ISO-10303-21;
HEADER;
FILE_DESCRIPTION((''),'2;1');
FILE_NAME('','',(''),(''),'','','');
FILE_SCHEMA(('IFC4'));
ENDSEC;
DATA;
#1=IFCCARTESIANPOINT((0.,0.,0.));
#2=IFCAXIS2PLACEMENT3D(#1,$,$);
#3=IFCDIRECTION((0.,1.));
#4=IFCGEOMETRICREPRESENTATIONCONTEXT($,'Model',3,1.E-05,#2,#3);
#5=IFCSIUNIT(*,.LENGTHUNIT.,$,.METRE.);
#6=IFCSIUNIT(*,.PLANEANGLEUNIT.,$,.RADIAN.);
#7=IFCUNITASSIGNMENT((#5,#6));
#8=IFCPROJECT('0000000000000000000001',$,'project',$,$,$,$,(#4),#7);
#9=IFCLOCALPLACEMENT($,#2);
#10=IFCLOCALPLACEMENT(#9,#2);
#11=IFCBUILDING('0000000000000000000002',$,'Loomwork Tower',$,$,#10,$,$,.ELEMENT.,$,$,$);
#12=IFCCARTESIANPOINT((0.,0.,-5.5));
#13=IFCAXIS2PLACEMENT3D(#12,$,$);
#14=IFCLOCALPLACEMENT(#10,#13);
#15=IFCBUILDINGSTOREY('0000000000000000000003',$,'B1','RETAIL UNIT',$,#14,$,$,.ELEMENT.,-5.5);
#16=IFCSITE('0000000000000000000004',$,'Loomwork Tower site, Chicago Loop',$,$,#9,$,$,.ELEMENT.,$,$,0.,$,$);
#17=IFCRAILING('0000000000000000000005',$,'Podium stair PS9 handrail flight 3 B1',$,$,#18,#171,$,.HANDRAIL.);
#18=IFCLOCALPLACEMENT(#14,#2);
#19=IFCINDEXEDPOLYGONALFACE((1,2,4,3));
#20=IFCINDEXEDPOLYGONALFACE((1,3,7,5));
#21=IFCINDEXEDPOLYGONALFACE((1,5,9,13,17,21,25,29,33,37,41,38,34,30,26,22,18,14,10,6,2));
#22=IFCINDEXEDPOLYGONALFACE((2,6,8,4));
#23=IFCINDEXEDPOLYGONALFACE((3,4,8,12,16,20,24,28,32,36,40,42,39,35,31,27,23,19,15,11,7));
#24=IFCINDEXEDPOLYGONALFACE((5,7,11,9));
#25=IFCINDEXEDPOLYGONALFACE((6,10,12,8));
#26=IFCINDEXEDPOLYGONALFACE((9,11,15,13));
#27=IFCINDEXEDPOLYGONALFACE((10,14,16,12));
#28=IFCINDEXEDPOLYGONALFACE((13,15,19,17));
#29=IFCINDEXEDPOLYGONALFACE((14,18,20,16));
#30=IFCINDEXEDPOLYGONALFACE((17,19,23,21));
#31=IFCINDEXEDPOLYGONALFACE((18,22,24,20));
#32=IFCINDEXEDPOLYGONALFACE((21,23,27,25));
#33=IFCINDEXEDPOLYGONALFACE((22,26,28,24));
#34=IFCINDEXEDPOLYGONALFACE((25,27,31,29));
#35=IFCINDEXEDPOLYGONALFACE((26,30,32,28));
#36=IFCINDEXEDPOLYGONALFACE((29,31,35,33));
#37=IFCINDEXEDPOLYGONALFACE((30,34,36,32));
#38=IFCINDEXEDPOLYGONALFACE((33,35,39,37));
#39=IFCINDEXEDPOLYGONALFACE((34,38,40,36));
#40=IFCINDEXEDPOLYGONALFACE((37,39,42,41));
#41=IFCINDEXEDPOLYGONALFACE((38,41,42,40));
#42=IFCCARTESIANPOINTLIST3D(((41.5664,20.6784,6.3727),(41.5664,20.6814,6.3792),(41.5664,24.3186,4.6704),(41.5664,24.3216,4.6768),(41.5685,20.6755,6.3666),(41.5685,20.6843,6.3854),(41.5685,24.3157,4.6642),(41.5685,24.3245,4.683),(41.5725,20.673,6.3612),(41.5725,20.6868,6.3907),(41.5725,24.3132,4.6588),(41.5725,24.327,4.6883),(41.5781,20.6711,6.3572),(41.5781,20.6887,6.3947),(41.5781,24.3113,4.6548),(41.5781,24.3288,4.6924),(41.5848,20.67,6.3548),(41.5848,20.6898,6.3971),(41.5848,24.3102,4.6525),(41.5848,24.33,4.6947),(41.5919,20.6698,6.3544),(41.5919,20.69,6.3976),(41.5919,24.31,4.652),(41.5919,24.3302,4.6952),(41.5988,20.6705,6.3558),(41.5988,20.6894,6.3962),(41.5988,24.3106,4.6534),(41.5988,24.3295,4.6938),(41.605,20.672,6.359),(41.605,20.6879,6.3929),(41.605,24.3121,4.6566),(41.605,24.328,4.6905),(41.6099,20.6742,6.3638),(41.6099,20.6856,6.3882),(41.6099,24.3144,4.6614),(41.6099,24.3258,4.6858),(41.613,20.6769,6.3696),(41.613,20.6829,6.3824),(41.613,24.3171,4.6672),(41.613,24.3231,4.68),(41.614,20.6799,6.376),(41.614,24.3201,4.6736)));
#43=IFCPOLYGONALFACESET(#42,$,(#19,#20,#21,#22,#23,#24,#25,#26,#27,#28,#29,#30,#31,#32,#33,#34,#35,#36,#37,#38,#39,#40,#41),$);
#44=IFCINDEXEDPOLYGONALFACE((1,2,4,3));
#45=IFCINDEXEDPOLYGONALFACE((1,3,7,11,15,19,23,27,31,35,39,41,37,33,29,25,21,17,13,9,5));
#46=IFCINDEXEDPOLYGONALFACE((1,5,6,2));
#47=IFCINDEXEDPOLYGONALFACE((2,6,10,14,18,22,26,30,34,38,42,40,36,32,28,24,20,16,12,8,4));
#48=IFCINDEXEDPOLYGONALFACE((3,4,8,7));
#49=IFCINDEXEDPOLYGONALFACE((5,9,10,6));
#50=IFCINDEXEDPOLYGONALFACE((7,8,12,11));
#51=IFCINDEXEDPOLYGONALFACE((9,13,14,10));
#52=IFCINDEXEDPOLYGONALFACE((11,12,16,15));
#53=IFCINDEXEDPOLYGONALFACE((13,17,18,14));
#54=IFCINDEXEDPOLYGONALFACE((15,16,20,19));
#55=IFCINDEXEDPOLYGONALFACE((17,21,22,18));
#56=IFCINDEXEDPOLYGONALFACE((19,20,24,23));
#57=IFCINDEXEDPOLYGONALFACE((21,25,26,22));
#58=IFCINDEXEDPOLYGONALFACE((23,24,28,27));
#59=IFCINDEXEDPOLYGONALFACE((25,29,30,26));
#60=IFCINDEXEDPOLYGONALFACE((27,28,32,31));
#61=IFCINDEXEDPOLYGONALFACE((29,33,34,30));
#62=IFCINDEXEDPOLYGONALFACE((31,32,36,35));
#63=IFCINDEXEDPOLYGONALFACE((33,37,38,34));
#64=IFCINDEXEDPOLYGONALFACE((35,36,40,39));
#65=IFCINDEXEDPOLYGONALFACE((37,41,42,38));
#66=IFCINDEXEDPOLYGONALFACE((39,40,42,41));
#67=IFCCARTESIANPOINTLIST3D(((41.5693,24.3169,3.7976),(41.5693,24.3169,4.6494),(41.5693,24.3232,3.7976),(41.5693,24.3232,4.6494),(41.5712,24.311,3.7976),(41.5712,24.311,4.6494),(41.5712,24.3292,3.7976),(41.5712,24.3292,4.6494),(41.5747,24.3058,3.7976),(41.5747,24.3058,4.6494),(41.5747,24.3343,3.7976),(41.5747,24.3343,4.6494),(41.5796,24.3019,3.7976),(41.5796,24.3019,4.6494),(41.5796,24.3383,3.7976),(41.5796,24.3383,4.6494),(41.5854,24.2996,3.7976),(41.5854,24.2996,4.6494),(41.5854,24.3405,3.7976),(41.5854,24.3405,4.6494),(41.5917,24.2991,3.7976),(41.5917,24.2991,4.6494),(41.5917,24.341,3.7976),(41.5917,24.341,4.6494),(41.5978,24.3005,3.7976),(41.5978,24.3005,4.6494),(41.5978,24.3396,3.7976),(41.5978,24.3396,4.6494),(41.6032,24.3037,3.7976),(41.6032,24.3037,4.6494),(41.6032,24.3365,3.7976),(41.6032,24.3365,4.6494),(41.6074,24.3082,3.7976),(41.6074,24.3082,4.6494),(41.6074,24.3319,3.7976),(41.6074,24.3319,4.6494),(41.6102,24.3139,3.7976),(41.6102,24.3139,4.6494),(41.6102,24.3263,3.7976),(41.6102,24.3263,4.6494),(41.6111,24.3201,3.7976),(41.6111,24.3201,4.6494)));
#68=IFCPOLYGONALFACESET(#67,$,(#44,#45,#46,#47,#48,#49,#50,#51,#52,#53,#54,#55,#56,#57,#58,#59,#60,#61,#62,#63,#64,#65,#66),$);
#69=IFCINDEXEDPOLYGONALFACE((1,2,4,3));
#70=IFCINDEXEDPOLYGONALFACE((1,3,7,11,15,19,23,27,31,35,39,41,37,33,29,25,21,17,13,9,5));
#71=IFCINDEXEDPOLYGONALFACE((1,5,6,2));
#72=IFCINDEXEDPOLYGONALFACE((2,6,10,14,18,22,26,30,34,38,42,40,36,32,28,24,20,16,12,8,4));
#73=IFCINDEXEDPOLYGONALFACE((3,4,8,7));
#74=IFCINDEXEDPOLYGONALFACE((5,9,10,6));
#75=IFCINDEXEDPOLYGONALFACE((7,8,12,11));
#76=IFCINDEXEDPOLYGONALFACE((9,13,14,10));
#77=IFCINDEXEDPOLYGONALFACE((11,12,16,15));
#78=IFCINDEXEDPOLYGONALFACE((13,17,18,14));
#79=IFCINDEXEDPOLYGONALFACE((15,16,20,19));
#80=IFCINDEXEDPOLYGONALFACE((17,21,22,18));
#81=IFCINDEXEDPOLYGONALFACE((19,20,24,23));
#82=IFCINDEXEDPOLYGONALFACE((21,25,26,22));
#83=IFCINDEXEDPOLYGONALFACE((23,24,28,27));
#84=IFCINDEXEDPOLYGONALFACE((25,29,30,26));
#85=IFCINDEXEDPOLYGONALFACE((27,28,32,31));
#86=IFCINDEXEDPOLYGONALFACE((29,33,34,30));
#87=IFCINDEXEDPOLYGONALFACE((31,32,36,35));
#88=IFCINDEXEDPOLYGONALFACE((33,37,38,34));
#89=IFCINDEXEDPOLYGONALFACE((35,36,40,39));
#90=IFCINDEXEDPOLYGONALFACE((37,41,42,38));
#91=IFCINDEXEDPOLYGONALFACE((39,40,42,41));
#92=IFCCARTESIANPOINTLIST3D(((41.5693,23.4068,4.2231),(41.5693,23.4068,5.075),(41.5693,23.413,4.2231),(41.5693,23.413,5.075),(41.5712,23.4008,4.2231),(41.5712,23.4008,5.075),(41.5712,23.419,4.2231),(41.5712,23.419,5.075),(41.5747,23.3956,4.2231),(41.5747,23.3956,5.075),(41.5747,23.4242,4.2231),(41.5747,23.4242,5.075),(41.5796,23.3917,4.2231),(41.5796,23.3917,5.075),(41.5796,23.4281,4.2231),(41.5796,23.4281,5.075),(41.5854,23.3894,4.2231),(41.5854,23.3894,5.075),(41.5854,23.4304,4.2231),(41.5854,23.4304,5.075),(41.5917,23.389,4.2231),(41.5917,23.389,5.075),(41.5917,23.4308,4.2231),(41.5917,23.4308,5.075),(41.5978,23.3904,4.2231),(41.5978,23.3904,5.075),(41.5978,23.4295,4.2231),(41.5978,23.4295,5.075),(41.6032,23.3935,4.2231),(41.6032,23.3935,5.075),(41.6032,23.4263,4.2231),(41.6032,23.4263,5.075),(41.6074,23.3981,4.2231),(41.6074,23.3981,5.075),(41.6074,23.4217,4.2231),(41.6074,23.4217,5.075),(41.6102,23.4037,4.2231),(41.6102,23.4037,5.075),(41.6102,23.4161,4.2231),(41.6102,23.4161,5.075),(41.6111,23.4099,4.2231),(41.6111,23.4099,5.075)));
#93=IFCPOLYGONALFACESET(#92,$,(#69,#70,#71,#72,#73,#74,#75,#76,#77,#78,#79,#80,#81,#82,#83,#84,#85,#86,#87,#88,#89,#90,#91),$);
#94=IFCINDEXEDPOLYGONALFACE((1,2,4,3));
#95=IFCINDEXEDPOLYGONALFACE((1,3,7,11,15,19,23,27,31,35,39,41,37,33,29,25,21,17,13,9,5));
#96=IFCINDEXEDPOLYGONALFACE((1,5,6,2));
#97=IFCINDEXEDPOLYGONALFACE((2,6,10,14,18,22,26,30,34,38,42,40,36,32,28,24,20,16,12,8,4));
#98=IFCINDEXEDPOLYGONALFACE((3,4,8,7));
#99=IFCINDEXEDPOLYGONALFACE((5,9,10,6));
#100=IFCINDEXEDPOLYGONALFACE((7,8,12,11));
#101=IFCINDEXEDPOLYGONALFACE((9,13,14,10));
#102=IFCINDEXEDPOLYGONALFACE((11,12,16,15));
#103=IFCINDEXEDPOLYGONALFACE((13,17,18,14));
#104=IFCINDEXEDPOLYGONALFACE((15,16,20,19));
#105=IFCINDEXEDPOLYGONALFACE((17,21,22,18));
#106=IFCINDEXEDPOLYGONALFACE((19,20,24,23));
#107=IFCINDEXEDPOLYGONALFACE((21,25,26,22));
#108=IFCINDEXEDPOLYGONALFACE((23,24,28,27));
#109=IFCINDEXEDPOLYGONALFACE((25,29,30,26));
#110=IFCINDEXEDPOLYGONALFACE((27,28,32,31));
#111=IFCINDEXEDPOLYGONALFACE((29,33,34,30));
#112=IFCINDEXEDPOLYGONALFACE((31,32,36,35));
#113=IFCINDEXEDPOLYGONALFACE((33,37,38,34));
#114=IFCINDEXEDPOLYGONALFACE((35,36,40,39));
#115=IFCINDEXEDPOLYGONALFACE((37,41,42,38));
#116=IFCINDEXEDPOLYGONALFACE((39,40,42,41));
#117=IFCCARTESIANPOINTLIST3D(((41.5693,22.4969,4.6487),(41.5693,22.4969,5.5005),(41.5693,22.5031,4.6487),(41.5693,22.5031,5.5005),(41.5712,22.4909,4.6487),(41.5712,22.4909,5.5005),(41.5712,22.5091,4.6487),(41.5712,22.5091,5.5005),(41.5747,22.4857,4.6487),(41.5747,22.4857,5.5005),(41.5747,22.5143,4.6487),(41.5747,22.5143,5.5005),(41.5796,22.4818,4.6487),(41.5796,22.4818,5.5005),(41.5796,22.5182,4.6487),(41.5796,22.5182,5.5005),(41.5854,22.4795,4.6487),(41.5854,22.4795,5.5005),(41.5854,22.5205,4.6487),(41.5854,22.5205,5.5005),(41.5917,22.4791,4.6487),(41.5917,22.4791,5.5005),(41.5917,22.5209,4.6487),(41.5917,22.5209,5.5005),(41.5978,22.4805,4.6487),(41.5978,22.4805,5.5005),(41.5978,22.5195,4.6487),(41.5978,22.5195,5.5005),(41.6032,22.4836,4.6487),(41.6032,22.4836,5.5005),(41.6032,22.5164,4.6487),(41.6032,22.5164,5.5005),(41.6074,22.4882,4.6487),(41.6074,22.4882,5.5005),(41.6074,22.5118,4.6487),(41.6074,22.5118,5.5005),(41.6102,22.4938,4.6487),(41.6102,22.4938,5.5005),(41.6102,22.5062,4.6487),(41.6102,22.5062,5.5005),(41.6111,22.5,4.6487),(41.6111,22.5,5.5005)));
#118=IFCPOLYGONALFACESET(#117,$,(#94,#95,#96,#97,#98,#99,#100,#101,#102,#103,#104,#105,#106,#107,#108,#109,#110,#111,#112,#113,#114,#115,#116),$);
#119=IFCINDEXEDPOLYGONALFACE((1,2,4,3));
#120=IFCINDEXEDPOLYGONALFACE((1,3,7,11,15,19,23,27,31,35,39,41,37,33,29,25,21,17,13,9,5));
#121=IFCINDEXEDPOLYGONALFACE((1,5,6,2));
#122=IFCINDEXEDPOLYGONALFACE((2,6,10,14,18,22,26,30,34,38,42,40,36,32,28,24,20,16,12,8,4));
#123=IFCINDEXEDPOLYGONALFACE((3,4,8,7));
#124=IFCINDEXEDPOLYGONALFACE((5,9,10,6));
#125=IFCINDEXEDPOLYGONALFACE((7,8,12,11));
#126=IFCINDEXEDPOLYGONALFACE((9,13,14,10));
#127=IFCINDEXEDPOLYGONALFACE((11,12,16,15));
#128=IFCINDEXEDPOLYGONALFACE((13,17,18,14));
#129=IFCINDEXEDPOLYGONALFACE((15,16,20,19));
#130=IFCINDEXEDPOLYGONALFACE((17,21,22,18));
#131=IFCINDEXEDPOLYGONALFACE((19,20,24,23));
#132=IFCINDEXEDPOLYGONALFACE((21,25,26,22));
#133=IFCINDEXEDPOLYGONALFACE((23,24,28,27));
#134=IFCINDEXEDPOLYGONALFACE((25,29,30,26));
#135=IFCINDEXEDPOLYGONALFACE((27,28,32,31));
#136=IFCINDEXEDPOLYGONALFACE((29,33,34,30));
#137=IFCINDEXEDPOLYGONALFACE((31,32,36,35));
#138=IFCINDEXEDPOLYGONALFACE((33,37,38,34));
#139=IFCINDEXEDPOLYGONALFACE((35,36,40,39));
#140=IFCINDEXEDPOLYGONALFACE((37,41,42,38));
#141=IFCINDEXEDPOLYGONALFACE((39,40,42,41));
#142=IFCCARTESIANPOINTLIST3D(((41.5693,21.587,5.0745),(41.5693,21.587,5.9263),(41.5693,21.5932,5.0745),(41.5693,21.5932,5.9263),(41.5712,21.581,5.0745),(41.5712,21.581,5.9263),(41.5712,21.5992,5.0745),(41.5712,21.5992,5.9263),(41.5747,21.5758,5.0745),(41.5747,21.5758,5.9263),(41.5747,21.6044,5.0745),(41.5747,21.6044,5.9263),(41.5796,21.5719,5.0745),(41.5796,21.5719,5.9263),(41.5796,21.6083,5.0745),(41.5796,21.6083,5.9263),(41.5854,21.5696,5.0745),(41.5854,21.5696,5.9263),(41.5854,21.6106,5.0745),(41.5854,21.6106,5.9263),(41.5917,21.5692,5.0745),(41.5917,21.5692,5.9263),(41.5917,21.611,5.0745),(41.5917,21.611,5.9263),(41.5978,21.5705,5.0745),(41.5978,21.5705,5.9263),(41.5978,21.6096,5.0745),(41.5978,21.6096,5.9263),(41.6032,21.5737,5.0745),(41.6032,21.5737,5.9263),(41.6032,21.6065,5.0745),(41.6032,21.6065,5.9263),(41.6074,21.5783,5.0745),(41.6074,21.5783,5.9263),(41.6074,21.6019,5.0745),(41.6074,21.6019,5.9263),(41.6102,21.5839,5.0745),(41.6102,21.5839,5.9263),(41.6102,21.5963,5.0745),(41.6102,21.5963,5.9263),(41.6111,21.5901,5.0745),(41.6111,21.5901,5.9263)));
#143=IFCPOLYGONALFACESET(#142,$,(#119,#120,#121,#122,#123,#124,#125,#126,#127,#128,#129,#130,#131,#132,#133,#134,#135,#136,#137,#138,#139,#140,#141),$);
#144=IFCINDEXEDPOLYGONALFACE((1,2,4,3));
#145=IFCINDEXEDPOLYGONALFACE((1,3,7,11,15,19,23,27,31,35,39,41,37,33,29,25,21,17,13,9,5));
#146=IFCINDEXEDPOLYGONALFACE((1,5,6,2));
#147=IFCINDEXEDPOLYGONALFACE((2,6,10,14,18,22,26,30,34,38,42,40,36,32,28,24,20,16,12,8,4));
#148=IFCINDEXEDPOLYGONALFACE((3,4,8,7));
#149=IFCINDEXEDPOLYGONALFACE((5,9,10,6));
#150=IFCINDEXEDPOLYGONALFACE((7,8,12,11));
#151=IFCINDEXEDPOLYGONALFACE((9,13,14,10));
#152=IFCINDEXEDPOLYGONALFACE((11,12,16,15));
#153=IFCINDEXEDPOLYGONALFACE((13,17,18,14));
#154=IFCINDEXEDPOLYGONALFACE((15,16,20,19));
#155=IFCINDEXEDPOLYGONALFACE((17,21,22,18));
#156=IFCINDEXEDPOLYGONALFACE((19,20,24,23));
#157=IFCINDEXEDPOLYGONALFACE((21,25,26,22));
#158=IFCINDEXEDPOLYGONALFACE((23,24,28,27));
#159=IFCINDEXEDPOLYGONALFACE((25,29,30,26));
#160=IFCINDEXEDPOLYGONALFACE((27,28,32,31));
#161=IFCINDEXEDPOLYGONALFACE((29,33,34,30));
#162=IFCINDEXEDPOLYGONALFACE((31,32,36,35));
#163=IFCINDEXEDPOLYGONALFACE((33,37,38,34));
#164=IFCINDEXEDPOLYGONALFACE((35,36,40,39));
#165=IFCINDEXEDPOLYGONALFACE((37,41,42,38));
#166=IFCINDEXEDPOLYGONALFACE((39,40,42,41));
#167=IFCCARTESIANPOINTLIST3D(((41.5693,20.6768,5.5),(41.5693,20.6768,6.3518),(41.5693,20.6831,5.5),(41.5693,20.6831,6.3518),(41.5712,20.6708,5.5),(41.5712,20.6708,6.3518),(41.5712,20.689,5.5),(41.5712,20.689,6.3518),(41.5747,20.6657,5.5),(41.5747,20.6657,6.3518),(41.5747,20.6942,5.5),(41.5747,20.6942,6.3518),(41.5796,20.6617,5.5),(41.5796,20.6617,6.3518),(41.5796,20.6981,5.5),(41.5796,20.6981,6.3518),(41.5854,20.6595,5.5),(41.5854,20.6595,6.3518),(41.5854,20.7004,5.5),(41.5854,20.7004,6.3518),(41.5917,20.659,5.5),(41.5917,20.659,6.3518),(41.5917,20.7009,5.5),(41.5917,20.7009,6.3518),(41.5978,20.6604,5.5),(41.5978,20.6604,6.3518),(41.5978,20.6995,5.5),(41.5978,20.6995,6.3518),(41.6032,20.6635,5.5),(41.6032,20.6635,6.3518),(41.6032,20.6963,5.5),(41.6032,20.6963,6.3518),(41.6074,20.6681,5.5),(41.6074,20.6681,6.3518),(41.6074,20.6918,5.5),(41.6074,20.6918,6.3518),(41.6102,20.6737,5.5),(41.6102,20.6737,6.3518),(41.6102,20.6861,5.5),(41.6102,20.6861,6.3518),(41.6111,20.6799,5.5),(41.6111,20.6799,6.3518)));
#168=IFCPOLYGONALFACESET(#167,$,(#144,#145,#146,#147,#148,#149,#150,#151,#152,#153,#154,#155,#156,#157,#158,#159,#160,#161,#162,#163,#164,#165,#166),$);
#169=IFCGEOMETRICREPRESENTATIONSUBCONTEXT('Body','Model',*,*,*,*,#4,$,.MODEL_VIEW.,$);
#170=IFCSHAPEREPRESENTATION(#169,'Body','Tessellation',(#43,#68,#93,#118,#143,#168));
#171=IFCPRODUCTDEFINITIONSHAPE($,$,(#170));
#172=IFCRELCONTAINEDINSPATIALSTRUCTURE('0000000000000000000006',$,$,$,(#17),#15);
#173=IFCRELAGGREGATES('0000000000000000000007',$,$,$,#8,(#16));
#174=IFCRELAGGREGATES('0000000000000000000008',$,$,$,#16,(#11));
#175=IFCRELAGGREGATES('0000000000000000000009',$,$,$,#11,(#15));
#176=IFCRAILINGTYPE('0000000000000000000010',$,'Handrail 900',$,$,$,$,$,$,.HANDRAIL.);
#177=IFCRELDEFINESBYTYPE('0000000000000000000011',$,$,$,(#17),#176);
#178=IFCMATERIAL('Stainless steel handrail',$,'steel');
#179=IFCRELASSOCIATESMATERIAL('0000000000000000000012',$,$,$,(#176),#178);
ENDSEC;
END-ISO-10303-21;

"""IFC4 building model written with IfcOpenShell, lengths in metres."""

from ifc_helpers import new_model, si_unit, direction, frame, origin, origin_2d, place, context, subcontext, project, spatial, circle, extrude, material, type_object, element, save


model = new_model("IFC4")

# Units and contexts
model_context = context("Model", 3, precision=1e-05, world=origin(), true_north=direction((0.0, 1.0)))
body_context = subcontext(model_context, "Body", "Model", "MODEL_VIEW")
ifc_project = project(units=[si_unit("LENGTHUNIT", "METRE"), si_unit("PLANEANGLEUNIT", "RADIAN")], contexts=[model_context])

# Site, building, storey
site_placement = place(None, origin())
site = spatial("IfcSite", under=ifc_project, at=site_placement, Name="Loomwork Tower site, Chicago Loop", CompositionType="ELEMENT", RefElevation=0.0)
building_placement = place(site_placement, origin())
building = spatial("IfcBuilding", under=site, at=building_placement, Name="Loomwork Tower", CompositionType="ELEMENT")
storey_placement = place(building_placement, frame((0.0, 0.0, -5.5)))
storey = spatial("IfcBuildingStorey", under=building, at=storey_placement, Name="B1", Description="RETAIL UNIT", CompositionType="ELEMENT", Elevation=-5.5)

# Railing
ifc_material_1 = material(Name="Stainless steel handrail", Category="steel")
railing_type = type_object("IfcRailingType", Name="Handrail 900", PredefinedType="HANDRAIL", material=ifc_material_1)
railing_1_placement = place(storey_placement, frame((41.5901, 24.3201, 3.7976)))
element("IfcRailing", 1, at=railing_1_placement, inside=storey, type_object=railing_type, Name="Podium stair PS9 handrail flight 3 B1", PredefinedType="HANDRAIL", context=body_context, shape_type="SweptSolid", body=[
    extrude(circle(Radius=0.0239, at=origin_2d()), frame((0.0, 0.0, 0.876), z_axis=(0.0, -0.905834, 0.423634), x_axis=(1.0, 0.0, 0.0)), (0.0, 0.0, 1.0), 4.0186),
    extrude(circle(Radius=0.021, at=origin_2d()), origin(), (0.0, 0.0, 1.0), 0.8518),
    extrude(circle(Radius=0.021, at=origin_2d()), frame((0.0, -0.9102, 0.4255)), (0.0, 0.0, 1.0), 0.8518),
    extrude(circle(Radius=0.021, at=origin_2d()), frame((0.0, -1.8201, 0.8511)), (0.0, 0.0, 1.0), 0.8518),
    extrude(circle(Radius=0.021, at=origin_2d()), frame((0.0, -2.73, 1.2769)), (0.0, 0.0, 1.0), 0.8518),
    extrude(circle(Radius=0.021, at=origin_2d()), frame((0.0, -3.6401, 1.7024)), (0.0, 0.0, 1.0), 0.8518),
])

save(model, "model.ifc")
